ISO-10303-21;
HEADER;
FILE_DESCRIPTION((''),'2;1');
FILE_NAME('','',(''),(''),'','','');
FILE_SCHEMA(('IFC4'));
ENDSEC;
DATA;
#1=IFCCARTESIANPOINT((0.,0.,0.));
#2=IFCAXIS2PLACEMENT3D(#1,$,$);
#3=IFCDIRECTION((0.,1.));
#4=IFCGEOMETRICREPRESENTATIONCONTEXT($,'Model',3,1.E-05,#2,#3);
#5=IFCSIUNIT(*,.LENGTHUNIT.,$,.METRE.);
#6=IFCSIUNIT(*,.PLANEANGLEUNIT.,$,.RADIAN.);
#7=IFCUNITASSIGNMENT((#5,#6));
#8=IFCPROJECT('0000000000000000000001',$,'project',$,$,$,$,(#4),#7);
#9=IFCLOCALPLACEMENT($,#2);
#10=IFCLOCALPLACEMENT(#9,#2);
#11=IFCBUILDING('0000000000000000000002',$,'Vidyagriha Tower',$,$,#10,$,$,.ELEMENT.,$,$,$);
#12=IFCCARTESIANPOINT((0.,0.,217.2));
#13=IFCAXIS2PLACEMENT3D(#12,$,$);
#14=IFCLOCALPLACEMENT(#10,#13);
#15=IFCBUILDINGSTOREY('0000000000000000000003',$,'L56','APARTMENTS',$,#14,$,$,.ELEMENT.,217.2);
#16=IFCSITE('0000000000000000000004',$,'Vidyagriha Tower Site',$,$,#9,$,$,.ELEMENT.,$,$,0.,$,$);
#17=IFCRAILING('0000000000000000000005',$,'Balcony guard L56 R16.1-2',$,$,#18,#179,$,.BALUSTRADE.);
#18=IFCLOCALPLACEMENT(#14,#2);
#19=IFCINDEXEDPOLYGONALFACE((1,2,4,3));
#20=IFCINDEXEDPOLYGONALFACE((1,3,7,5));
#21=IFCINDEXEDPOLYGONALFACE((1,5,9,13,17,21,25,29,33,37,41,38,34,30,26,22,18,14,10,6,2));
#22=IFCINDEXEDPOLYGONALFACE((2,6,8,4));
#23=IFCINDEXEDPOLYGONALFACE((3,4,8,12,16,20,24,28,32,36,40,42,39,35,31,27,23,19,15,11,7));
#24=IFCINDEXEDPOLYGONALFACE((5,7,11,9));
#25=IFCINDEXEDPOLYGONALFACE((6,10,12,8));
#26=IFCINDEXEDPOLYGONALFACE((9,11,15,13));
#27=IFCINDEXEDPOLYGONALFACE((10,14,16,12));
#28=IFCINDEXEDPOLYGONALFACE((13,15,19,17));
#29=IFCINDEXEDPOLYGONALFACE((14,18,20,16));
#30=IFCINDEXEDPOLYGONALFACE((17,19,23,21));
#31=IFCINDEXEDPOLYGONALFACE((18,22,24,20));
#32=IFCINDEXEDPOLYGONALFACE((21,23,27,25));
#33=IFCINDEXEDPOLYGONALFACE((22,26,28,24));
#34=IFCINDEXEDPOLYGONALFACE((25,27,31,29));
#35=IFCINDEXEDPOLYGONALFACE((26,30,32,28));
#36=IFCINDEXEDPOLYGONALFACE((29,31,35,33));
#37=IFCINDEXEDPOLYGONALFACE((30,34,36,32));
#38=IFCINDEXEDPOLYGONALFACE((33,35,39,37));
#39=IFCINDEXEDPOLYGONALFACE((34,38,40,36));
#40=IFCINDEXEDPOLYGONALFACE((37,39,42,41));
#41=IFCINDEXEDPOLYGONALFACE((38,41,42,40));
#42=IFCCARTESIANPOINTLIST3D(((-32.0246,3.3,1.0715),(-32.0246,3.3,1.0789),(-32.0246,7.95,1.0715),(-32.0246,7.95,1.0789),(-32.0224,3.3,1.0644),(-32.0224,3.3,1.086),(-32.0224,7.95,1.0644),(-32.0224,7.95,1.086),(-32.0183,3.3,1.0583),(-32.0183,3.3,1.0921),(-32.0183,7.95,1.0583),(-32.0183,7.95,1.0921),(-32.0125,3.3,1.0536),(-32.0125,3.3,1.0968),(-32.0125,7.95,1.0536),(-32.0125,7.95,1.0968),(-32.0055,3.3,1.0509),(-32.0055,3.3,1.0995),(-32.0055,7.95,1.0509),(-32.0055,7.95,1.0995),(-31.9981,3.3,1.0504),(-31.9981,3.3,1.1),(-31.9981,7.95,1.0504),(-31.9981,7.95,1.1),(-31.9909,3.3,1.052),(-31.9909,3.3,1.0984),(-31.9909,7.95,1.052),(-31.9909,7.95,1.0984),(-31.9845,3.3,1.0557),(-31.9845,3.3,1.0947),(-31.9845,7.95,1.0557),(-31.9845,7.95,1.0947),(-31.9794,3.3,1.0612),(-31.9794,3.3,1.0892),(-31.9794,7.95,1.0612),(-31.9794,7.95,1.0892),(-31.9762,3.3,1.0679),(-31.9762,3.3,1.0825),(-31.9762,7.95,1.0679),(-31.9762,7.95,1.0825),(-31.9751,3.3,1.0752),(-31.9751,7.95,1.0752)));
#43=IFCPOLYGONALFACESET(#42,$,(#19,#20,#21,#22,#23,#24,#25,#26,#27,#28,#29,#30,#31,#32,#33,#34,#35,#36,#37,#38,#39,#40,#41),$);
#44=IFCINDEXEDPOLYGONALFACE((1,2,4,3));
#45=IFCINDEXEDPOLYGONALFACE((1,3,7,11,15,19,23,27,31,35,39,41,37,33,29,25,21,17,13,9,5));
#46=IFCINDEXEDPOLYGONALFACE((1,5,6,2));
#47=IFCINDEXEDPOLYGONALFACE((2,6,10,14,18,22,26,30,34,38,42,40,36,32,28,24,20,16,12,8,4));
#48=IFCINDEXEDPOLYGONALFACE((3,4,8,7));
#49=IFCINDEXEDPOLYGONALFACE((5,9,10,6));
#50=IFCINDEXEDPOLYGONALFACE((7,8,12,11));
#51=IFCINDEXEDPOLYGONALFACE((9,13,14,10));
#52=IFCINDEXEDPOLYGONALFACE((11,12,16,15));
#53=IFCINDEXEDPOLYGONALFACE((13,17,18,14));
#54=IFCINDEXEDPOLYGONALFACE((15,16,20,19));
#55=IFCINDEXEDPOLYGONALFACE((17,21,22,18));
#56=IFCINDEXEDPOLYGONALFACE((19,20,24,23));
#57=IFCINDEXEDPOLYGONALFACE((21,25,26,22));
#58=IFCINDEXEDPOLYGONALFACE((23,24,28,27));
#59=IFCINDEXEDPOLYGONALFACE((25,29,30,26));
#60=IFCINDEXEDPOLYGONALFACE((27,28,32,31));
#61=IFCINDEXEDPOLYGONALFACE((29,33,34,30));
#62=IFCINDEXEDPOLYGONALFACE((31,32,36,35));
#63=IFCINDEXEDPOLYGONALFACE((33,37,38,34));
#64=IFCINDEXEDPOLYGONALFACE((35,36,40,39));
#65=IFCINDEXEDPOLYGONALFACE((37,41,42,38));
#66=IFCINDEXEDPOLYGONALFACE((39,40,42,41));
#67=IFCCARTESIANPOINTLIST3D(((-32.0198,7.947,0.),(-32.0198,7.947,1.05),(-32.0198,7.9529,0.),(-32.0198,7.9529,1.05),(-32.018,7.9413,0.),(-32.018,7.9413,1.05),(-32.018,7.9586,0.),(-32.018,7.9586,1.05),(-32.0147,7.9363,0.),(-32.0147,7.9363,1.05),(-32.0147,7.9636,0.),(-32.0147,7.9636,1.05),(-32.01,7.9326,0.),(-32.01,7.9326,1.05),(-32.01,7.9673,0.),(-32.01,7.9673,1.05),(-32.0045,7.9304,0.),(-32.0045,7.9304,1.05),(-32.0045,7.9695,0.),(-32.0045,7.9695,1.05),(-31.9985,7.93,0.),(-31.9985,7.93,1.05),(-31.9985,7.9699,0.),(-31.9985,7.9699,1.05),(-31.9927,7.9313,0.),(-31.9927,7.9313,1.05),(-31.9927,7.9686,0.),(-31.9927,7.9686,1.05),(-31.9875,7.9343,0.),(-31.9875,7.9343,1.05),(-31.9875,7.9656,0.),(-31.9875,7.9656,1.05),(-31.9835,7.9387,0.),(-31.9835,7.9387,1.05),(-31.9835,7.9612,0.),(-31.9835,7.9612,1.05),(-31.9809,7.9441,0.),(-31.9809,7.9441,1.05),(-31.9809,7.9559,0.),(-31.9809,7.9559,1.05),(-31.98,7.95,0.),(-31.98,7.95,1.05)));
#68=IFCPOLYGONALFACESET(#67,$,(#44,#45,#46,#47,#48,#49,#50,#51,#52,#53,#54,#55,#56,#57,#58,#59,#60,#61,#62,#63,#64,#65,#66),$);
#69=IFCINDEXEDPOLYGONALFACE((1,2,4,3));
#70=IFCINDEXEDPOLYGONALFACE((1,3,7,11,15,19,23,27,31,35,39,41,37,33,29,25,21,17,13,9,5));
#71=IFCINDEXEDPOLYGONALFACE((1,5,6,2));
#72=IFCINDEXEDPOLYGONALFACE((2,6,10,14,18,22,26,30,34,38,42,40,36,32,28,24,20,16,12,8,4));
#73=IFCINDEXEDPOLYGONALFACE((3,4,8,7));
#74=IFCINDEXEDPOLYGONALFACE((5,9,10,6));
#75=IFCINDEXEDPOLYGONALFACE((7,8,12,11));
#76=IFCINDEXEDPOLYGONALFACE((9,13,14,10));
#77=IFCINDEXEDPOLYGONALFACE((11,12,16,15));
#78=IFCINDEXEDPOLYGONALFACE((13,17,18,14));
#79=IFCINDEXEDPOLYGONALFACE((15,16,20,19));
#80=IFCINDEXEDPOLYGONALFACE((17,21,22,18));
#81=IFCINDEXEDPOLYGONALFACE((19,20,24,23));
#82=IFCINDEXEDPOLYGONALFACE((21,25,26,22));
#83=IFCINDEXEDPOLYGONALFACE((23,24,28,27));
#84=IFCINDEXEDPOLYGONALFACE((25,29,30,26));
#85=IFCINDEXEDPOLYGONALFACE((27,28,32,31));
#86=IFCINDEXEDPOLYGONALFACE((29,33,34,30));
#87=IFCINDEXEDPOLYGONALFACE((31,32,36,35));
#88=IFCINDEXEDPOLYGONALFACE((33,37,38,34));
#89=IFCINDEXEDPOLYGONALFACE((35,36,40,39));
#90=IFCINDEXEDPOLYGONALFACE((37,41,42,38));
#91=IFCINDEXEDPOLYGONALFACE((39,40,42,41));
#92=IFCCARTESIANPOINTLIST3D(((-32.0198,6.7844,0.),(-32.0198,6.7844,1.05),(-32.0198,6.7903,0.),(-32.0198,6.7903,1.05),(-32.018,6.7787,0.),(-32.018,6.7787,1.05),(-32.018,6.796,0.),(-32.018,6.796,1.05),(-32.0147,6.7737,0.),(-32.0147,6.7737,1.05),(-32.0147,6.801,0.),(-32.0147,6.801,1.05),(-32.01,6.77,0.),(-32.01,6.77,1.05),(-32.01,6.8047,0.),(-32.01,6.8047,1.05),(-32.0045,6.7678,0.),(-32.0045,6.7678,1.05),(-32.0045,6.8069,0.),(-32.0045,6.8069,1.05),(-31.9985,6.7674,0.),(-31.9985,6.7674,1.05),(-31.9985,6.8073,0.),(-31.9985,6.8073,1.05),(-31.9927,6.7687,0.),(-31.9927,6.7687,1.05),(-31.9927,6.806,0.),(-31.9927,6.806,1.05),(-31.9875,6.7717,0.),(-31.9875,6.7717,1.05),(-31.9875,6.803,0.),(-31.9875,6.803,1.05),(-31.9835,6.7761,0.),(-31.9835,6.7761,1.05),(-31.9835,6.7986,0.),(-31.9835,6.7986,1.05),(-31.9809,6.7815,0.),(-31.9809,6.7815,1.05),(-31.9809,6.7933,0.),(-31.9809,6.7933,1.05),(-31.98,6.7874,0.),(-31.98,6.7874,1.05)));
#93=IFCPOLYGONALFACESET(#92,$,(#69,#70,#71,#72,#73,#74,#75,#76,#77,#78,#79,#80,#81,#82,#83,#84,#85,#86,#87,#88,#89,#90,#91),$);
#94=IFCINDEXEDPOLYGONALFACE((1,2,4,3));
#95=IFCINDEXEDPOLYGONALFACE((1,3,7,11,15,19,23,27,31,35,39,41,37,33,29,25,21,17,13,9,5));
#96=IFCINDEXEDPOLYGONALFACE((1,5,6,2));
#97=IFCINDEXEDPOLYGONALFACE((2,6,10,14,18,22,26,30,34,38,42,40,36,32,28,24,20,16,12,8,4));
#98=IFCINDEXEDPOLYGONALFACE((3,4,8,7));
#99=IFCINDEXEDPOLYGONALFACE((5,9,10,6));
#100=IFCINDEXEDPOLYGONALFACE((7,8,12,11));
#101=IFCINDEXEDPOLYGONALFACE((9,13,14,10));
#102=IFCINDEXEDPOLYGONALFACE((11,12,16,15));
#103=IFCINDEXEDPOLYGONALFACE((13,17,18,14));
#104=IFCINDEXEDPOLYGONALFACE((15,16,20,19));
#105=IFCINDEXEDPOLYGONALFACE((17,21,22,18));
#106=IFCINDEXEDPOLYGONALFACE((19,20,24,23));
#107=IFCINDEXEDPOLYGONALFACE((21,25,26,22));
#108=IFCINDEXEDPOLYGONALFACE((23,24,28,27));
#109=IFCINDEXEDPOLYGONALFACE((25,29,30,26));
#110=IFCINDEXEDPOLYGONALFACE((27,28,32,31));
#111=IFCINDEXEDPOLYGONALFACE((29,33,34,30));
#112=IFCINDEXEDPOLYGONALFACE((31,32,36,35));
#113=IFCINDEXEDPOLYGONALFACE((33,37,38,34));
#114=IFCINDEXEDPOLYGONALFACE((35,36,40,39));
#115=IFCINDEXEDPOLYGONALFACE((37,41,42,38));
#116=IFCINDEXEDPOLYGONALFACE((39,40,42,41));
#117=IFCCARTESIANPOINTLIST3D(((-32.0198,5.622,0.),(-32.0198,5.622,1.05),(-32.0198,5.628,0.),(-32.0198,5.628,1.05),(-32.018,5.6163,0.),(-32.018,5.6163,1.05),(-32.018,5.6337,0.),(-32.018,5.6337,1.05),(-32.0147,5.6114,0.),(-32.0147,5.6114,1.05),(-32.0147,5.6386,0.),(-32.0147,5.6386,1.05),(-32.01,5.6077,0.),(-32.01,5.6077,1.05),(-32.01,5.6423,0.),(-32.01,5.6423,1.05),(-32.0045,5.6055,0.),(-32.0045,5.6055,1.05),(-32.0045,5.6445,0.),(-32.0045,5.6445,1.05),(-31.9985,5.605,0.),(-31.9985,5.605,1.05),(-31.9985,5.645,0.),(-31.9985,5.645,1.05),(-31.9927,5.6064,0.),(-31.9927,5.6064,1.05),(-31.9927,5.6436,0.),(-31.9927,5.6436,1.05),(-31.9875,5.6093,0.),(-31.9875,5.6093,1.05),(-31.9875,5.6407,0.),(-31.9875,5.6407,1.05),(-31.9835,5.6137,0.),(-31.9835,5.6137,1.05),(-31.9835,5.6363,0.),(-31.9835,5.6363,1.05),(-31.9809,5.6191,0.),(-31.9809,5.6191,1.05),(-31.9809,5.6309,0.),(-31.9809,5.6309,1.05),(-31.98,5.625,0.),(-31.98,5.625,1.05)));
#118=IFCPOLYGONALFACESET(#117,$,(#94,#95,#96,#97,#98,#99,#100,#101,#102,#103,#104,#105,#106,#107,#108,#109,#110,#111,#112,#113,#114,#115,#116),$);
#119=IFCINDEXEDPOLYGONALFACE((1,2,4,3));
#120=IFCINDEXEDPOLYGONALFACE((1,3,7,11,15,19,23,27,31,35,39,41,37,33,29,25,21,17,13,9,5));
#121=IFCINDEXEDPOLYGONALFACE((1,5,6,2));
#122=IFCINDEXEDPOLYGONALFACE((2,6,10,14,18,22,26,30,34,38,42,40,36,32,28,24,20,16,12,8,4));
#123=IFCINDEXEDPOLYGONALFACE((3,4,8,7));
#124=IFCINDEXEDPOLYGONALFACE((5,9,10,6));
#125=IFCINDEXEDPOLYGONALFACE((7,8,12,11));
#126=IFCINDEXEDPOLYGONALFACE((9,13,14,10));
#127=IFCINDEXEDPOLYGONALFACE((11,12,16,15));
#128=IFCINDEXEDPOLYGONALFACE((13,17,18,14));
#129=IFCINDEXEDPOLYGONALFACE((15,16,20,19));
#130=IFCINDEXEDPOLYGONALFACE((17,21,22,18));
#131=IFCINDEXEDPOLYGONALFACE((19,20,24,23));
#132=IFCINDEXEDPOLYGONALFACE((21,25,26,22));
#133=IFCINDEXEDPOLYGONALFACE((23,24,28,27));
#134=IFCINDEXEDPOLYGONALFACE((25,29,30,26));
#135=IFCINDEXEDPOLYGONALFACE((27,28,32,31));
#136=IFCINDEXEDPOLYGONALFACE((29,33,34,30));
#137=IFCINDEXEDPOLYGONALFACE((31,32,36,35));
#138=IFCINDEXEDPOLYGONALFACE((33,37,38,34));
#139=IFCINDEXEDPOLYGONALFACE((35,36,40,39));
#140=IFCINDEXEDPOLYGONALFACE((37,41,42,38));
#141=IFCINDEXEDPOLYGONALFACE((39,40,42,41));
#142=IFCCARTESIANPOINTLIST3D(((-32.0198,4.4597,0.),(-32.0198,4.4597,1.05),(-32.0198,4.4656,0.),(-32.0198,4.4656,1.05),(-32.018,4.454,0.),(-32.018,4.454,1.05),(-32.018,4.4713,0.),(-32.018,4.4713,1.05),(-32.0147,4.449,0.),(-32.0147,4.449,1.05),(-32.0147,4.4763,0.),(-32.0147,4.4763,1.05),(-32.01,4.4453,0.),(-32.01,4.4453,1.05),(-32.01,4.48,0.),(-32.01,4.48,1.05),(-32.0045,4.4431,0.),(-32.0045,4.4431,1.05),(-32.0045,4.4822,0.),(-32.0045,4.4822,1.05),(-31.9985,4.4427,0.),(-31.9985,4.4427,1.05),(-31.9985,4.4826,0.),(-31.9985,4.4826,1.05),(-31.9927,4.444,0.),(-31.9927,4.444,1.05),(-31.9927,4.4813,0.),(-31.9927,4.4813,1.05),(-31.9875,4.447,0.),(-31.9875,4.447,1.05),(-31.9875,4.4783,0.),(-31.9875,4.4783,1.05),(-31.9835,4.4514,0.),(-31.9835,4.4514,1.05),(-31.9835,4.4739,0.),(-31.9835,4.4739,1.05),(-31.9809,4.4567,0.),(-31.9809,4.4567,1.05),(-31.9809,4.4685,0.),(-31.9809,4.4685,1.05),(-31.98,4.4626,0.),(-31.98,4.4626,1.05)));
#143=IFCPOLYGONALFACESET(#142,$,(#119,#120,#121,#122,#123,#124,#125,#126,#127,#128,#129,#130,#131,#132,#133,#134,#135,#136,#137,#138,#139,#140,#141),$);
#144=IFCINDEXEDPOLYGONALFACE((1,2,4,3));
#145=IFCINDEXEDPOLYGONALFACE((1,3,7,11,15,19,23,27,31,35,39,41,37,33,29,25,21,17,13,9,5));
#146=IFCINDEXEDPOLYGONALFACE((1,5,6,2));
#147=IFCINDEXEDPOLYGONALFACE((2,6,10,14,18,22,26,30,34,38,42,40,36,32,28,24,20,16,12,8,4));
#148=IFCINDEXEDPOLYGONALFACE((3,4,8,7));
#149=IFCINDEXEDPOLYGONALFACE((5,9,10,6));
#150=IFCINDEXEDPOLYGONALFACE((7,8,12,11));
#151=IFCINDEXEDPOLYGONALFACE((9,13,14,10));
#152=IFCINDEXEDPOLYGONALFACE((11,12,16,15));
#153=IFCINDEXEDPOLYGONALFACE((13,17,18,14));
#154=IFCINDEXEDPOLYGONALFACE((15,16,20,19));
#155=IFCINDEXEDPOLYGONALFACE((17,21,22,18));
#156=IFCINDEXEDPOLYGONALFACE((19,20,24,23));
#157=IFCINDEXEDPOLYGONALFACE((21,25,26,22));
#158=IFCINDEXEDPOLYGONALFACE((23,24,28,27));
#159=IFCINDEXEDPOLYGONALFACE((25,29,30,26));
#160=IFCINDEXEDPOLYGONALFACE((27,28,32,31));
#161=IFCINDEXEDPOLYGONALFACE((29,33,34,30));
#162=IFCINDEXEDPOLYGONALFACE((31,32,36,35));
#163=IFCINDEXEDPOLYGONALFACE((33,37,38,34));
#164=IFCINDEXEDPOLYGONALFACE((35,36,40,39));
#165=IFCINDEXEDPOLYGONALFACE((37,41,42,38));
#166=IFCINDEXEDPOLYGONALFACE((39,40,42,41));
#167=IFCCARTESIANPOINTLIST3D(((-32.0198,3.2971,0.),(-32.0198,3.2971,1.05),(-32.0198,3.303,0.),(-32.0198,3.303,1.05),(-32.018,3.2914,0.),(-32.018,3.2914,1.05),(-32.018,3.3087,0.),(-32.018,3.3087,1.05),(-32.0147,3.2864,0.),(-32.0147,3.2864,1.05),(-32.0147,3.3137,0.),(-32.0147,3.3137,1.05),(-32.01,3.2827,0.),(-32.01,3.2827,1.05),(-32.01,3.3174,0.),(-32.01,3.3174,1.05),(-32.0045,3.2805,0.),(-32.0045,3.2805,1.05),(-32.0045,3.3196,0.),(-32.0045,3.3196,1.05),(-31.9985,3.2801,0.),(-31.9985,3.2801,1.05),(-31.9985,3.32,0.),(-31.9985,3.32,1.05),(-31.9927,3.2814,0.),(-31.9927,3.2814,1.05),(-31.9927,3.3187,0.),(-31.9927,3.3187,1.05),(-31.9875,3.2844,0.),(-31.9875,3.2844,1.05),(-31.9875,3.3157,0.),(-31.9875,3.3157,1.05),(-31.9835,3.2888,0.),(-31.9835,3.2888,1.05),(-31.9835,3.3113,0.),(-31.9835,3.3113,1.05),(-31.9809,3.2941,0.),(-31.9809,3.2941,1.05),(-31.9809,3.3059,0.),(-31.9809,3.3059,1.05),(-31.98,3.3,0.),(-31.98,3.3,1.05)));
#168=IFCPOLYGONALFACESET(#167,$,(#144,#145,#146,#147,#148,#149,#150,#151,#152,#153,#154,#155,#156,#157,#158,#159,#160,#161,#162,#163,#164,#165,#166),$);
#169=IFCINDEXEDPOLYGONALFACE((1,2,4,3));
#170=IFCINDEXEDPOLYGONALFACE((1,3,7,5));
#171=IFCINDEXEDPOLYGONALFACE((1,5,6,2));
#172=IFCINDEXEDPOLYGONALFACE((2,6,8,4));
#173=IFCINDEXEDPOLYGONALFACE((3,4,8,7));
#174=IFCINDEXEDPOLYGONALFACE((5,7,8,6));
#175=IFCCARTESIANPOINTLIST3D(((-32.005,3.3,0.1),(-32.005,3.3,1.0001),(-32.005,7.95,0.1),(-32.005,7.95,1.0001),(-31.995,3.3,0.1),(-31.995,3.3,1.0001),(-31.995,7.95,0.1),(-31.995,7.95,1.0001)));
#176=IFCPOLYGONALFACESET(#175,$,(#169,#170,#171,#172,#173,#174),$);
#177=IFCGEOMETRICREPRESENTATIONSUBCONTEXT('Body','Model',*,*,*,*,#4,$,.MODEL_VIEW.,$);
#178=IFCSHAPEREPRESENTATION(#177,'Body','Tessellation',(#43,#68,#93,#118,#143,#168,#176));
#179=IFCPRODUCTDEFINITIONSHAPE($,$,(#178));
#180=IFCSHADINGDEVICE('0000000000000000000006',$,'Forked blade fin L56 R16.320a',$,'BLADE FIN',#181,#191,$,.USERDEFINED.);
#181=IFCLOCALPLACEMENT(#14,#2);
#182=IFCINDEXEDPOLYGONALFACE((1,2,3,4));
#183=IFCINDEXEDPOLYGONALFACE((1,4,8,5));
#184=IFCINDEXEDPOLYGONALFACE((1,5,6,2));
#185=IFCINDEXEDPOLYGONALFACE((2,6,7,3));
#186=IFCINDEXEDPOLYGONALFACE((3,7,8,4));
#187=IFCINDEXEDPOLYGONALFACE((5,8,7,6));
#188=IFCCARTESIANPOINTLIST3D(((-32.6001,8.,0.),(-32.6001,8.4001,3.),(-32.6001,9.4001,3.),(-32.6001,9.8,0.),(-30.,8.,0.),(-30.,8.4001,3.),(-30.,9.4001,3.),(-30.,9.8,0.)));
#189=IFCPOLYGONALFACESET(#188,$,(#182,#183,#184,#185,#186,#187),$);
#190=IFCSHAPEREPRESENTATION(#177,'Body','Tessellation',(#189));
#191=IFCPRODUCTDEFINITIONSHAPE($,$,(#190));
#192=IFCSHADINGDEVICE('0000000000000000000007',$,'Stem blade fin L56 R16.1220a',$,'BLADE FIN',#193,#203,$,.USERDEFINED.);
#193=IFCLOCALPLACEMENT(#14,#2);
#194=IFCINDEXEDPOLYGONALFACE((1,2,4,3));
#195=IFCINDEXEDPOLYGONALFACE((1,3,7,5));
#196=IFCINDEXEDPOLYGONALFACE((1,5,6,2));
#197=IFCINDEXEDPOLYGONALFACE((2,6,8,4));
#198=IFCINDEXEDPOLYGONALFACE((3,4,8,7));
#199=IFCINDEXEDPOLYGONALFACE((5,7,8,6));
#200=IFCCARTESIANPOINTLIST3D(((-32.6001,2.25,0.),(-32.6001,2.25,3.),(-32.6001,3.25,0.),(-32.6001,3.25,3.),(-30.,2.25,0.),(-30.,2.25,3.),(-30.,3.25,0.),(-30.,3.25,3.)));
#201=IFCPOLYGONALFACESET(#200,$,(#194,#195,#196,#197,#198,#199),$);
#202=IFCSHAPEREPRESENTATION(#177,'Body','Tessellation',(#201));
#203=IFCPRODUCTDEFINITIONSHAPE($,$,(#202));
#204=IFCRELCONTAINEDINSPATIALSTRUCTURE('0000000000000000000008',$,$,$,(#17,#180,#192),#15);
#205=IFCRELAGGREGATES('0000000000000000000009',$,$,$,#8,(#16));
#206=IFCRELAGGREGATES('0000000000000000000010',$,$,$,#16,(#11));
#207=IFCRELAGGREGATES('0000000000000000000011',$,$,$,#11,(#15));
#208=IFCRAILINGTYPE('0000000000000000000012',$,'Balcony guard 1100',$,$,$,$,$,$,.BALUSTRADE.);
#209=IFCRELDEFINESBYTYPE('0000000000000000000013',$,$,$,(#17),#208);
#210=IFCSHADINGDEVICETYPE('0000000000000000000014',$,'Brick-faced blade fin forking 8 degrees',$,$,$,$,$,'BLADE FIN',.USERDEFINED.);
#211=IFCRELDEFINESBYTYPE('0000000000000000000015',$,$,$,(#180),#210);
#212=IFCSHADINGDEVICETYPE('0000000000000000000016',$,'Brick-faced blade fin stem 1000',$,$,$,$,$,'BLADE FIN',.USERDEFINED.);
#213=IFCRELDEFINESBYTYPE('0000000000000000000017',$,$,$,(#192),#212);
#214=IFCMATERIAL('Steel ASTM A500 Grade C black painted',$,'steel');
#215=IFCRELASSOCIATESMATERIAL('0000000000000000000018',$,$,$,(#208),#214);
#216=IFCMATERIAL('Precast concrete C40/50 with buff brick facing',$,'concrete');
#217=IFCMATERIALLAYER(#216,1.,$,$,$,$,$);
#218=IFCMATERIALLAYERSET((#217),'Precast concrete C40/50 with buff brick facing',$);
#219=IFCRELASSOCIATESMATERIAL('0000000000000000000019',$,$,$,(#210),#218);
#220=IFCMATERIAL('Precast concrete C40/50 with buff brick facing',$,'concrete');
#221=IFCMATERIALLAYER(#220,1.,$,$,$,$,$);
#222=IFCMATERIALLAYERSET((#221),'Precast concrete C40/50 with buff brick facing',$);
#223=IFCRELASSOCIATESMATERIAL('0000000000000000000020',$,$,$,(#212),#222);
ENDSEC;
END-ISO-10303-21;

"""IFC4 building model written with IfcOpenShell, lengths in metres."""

from ifc_helpers import new_model, si_unit, direction, frame, origin, origin_2d, place, context, subcontext, project, spatial, polyline, rectangle, circle, outline, extrude, material, layer, layer_set, type_object, element, save


model = new_model("IFC4")

# Units and contexts
model_context = context("Model", 3, precision=1e-05, world=origin(), true_north=direction((0.0, 1.0)))
body_context = subcontext(model_context, "Body", "Model", "MODEL_VIEW")
ifc_project = project(units=[si_unit("LENGTHUNIT", "METRE"), si_unit("PLANEANGLEUNIT", "RADIAN")], contexts=[model_context])

# Site, building, storey
site_placement = place(None, origin())
site = spatial("IfcSite", under=ifc_project, at=site_placement, Name="Vidyagriha Tower Site", CompositionType="ELEMENT", RefElevation=0.0)
building_placement = place(site_placement, origin())
building = spatial("IfcBuilding", under=site, at=building_placement, Name="Vidyagriha Tower", CompositionType="ELEMENT")
storey_placement = place(building_placement, frame((0.0, 0.0, 217.2)))
storey = spatial("IfcBuildingStorey", under=building, at=storey_placement, Name="L56", Description="APARTMENTS", CompositionType="ELEMENT", Elevation=217.2)

# Railing
ifc_material_1 = material(Name="Steel ASTM A500 Grade C black painted", Category="steel")
railing_type_1 = type_object("IfcRailingType", Name="Balcony guard 1100", PredefinedType="BALUSTRADE", material=ifc_material_1)
railing_1_placement = place(storey_placement, frame((-32.0, 7.95, 0.0)))
element("IfcRailing", 1, at=railing_1_placement, inside=storey, type_object=railing_type_1, Name="Balcony guard L56 R16.1-2", PredefinedType="BALUSTRADE", context=body_context, shape_type="SweptSolid", body=[
    extrude(circle(Radius=0.0249, at=origin_2d()), frame((0.0, 0.0, 1.0752), z_axis=(0.0, -1.0, 0.0), x_axis=(1.0, 0.0, 0.0)), (0.0, 0.0, 1.0), 4.6499),
    extrude(circle(Radius=0.02, at=origin_2d()), origin(), (0.0, 0.0, 1.0), 1.05),
    extrude(circle(Radius=0.02, at=origin_2d()), frame((0.0, -1.1626, 0.0)), (0.0, 0.0, 1.0), 1.05),
    extrude(circle(Radius=0.02, at=origin_2d()), frame((0.0, -2.325, 0.0)), (0.0, 0.0, 1.0), 1.05),
    extrude(circle(Radius=0.02, at=origin_2d()), frame((0.0, -3.4873, 0.0)), (0.0, 0.0, 1.0), 1.05),
    extrude(circle(Radius=0.02, at=origin_2d()), frame((0.0, -4.6499, 0.0)), (0.0, 0.0, 1.0), 1.05),
    extrude(rectangle(XDim=0.01, YDim=0.9001, at=origin_2d()), frame((0.0, 0.0, 0.55), z_axis=(0.0, -1.0, 0.0), x_axis=(1.0, 0.0, 0.0)), (0.0, 0.0, 1.0), 4.6499),
])

# Shading devices
ifc_material_2 = material(Name="Precast concrete C40/50 with buff brick facing", Category="concrete")
ifc_layer_1 = layer(ifc_material_2, 1.0)
ifc_layer_set_1 = layer_set([ifc_layer_1], Name="Precast concrete C40/50 with buff brick facing")
shading_device_type_1 = type_object("IfcShadingDeviceType", Name="Brick-faced blade fin forking 8 degrees", ElementType="BLADE FIN", PredefinedType="USERDEFINED", material=ifc_layer_set_1)
shading_device_1_placement = place(storey_placement, frame((-31.3, 9.8, 0.0), z_axis=(0.0, 0.0, 1.0), x_axis=(0.0, -1.0, 0.0)))
element("IfcShadingDevice", 2, at=shading_device_1_placement, inside=storey, type_object=shading_device_type_1, Name="Forked blade fin L56 R16.320a", ObjectType="BLADE FIN", PredefinedType="USERDEFINED", context=body_context, shape_type="SweptSolid", body=[
    extrude(outline(polyline([(0.0, 0.0), (1.8, 0.0), (1.3999, 3.0), (0.3999, 3.0), (0.0, 0.0)])), frame((0.0, 1.3, 0.0), z_axis=(0.0, -1.0, 0.0), x_axis=(1.0, 0.0, 0.0)), (0.0, 0.0, 1.0), 2.6001),
])
ifc_material_3 = material(Name="Precast concrete C40/50 with buff brick facing", Category="concrete")
ifc_layer_2 = layer(ifc_material_3, 1.0)
ifc_layer_set_2 = layer_set([ifc_layer_2], Name="Precast concrete C40/50 with buff brick facing")
shading_device_type_2 = type_object("IfcShadingDeviceType", Name="Brick-faced blade fin stem 1000", ElementType="BLADE FIN", PredefinedType="USERDEFINED", material=ifc_layer_set_2)
shading_device_2_placement = place(storey_placement, frame((-31.3, 3.25, 0.0), z_axis=(0.0, 0.0, 1.0), x_axis=(0.0, -1.0, 0.0)))
element("IfcShadingDevice", 3, at=shading_device_2_placement, inside=storey, type_object=shading_device_type_2, Name="Stem blade fin L56 R16.1220a", ObjectType="BLADE FIN", PredefinedType="USERDEFINED", context=body_context, shape_type="SweptSolid", body=[
    extrude(outline(polyline([(0.0, 0.0), (1.0, 0.0), (1.0, 3.0), (0.0, 3.0), (0.0, 0.0)])), frame((0.0, 1.3, 0.0), z_axis=(0.0, -1.0, 0.0), x_axis=(1.0, 0.0, 0.0)), (0.0, 0.0, 1.0), 2.6001),
])

save(model, "model.ifc")
